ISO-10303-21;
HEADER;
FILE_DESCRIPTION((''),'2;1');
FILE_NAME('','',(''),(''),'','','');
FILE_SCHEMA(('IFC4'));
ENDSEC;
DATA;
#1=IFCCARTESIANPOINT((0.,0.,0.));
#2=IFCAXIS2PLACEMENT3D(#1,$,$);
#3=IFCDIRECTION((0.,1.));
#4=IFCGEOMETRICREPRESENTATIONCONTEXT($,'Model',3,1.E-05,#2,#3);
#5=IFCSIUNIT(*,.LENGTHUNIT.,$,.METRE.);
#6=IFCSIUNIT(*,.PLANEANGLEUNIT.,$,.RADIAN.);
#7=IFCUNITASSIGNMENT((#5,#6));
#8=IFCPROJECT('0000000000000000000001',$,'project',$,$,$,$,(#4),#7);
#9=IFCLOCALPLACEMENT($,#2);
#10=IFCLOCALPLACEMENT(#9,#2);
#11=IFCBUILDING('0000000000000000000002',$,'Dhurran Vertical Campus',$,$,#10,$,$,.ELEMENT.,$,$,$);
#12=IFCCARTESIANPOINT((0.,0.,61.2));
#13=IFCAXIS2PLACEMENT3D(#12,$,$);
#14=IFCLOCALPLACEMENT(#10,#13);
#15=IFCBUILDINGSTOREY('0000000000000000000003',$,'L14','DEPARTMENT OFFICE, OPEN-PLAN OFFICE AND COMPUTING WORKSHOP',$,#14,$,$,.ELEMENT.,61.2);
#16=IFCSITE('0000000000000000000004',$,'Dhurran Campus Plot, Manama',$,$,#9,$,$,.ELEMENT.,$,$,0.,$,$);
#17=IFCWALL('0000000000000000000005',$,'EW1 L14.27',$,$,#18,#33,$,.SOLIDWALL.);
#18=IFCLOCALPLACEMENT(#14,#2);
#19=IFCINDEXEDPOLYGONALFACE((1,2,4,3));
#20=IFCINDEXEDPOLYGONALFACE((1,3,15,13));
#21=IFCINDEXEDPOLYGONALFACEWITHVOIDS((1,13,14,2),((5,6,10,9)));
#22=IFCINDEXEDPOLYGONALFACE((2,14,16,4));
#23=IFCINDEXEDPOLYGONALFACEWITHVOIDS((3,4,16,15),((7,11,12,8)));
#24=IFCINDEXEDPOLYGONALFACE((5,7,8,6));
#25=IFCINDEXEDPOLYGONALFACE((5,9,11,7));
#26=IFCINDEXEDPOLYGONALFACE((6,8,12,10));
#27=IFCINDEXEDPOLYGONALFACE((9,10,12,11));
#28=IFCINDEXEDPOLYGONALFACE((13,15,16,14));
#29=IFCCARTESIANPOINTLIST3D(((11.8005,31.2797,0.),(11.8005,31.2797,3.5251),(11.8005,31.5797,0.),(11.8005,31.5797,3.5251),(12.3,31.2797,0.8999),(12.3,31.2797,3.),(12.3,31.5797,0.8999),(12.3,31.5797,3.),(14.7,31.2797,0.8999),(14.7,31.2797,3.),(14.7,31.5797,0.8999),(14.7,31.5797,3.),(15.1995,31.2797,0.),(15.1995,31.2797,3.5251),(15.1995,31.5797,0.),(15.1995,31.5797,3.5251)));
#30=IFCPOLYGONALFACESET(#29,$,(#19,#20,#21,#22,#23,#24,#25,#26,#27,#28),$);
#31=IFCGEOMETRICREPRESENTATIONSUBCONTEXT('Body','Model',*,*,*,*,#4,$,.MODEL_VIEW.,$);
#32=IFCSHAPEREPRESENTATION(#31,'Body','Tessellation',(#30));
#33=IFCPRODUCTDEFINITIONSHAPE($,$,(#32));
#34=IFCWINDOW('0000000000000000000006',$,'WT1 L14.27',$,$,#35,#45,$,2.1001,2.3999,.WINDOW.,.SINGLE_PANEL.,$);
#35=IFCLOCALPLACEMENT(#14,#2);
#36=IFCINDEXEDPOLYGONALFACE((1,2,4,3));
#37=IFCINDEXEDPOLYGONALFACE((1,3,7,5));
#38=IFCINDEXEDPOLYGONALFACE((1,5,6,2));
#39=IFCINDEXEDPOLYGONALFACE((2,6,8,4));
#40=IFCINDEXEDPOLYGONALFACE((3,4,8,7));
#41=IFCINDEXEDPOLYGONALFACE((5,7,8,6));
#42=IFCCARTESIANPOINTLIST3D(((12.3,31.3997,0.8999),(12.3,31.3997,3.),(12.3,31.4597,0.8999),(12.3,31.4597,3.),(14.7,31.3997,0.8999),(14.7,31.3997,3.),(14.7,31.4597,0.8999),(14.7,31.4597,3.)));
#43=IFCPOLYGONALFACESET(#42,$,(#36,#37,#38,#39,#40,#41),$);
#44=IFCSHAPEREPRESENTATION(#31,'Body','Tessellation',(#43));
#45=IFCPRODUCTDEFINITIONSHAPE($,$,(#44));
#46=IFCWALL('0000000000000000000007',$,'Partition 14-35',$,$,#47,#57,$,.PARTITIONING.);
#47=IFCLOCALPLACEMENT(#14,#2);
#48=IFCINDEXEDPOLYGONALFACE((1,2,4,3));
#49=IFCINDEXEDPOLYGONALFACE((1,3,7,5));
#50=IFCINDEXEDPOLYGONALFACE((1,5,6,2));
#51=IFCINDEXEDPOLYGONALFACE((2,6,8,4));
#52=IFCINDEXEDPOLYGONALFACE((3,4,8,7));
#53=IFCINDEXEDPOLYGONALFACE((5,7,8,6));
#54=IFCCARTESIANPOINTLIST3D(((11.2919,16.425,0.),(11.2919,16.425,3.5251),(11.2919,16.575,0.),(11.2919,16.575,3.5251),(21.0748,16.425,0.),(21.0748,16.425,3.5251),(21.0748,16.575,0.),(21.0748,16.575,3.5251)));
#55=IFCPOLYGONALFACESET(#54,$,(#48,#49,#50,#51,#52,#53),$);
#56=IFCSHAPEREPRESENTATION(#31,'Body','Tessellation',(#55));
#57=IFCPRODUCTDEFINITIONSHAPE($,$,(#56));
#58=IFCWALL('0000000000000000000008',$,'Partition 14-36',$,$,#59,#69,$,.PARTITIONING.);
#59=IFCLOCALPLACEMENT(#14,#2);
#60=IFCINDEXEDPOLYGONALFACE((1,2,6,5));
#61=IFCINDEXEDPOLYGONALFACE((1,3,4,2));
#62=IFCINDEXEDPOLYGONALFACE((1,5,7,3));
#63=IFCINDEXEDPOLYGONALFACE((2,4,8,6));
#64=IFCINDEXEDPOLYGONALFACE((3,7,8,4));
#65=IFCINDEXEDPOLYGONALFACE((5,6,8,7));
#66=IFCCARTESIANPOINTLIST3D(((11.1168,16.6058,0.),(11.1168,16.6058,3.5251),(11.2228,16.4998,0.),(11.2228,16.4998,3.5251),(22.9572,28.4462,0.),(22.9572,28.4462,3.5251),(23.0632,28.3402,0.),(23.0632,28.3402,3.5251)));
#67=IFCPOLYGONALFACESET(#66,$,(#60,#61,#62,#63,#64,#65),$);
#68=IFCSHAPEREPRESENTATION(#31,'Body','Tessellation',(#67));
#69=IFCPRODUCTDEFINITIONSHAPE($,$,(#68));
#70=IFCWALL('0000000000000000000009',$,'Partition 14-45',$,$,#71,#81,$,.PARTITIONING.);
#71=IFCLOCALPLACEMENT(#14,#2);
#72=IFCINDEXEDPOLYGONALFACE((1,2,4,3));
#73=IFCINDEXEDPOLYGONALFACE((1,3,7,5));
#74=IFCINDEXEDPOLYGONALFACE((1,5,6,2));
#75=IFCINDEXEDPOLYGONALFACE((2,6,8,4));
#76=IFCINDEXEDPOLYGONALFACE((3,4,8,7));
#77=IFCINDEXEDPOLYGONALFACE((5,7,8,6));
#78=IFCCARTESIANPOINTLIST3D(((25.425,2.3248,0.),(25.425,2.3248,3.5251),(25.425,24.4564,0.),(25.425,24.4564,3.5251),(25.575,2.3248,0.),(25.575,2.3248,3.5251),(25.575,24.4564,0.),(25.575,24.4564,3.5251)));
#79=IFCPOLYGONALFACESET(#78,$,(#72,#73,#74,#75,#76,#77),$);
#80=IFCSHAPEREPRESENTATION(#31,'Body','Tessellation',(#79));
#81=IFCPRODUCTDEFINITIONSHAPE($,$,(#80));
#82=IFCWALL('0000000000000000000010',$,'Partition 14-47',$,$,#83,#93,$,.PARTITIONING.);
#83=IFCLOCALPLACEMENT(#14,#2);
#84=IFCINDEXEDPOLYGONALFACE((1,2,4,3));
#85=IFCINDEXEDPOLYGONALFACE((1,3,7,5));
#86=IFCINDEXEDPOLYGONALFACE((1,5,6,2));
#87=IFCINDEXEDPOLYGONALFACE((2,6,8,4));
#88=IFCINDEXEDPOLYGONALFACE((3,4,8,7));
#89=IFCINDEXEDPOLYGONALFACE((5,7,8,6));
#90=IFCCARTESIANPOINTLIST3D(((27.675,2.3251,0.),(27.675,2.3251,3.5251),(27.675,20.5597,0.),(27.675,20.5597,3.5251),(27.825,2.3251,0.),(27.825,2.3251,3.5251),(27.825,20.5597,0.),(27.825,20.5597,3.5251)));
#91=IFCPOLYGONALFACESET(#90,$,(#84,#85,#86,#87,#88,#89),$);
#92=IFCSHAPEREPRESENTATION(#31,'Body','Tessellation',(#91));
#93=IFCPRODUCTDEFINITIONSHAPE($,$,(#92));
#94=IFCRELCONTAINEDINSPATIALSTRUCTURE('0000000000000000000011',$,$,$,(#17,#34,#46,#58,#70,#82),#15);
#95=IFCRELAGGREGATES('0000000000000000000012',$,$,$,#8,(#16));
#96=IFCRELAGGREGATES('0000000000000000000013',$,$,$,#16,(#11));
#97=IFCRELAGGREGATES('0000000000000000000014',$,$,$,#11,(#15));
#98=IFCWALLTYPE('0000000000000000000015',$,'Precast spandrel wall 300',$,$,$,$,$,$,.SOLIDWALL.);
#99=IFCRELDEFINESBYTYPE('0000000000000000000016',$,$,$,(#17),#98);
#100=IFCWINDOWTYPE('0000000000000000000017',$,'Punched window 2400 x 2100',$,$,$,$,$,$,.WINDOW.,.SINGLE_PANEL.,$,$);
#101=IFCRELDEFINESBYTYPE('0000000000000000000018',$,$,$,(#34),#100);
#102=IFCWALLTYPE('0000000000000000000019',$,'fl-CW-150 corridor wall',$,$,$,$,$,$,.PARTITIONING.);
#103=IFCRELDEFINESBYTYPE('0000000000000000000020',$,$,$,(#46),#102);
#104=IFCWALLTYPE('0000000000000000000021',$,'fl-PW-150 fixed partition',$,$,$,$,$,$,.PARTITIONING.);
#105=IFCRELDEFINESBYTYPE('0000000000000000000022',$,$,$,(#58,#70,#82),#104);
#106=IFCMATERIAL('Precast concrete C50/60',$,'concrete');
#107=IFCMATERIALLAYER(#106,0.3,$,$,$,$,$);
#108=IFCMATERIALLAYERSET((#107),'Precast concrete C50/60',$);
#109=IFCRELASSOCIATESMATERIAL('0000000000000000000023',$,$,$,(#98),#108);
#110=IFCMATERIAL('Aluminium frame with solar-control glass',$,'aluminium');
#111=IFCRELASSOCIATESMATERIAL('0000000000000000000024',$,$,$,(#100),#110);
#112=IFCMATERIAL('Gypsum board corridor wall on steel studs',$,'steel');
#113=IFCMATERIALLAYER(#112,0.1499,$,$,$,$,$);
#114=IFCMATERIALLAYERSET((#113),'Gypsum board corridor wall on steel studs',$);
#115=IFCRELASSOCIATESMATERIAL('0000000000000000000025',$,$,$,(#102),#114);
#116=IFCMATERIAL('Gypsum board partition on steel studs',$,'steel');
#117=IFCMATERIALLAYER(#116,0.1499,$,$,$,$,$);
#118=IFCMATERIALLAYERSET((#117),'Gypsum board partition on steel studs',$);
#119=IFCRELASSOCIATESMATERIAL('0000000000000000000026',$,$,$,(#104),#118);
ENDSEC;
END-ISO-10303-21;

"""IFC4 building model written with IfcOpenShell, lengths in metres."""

from ifc_helpers import new_model, si_unit, direction, frame, frame_2d, origin, place, context, subcontext, project, spatial, rectangle, extrude, material, layer, layer_set, type_object, element, fill, save


model = new_model("IFC4")

# Units and contexts
model_context = context("Model", 3, precision=1e-05, world=origin(), true_north=direction((0.0, 1.0)))
body_context = subcontext(model_context, "Body", "Model", "MODEL_VIEW")
ifc_project = project(units=[si_unit("LENGTHUNIT", "METRE"), si_unit("PLANEANGLEUNIT", "RADIAN")], contexts=[model_context])

# Site, building, storey
site_placement = place(None, origin())
site = spatial("IfcSite", under=ifc_project, at=site_placement, Name="Dhurran Campus Plot, Manama", CompositionType="ELEMENT", RefElevation=0.0)
building_placement = place(site_placement, origin())
building = spatial("IfcBuilding", under=site, at=building_placement, Name="Dhurran Vertical Campus", CompositionType="ELEMENT")
storey_placement = place(building_placement, frame((0.0, 0.0, 61.2)))
storey = spatial("IfcBuildingStorey", under=building, at=storey_placement, Name="L14", Description="DEPARTMENT OFFICE, OPEN-PLAN OFFICE AND COMPUTING WORKSHOP", CompositionType="ELEMENT", Elevation=61.2)

# Wall, opening, window
ifc_material_1 = material(Name="Precast concrete C50/60", Category="concrete")
ifc_layer_1 = layer(ifc_material_1, 0.3)
ifc_layer_set_1 = layer_set([ifc_layer_1], Name="Precast concrete C50/60")
wall_type_1 = type_object("IfcWallType", Name="Precast spandrel wall 300", PredefinedType="SOLIDWALL", material=ifc_layer_set_1)
ifc_material_2 = material(Name="Aluminium frame with solar-control glass", Category="aluminium")
window_type = type_object("IfcWindowType", Name="Punched window 2400 x 2100", PartitioningType="SINGLE_PANEL", PredefinedType="WINDOW", material=ifc_material_2)
wall_1_placement = place(storey_placement, frame((15.1995, 31.4297, 0.0), z_axis=(0.0, 0.0, 1.0), x_axis=(-1.0, 0.0, 0.0)))
wall_1 = element("IfcWall", 1, at=wall_1_placement, inside=storey, type_object=wall_type_1, Name="EW1 L14.27", PredefinedType="SOLIDWALL", context=body_context, shape_type="SweptSolid", body=[
    extrude(rectangle(XDim=3.3989, YDim=0.3, at=frame_2d((1.6995, 0.0))), origin(), (0.0, 0.0, 1.0), 3.5251),
])
opening_1_placement = place(wall_1_placement, frame((0.4995, 0.0, 0.8999)))
opening_1 = element("IfcOpeningElement", 2, at=opening_1_placement, cuts=wall_1, PredefinedType="OPENING", context=body_context, shape_type="SweptSolid", body=[
    extrude(rectangle(XDim=2.3999, YDim=2.1001, at=frame_2d((1.2, 1.05))), frame((0.0, 0.1599, 0.0), z_axis=(0.0, -1.0, 0.0), x_axis=(1.0, 0.0, 0.0)), (0.0, 0.0, 1.0), 0.3201),
])
window_1_placement = place(opening_1_placement, origin())
window_1 = element("IfcWindow", 3, at=window_1_placement, inside=storey, type_object=window_type, Name="WT1 L14.27", OverallHeight=2.1001, OverallWidth=2.3999, PartitioningType="SINGLE_PANEL", PredefinedType="WINDOW", context=body_context, shape_type="SweptSolid", body=[
    extrude(rectangle(XDim=2.3999, YDim=2.1001, at=frame_2d((1.2, 1.05))), frame((0.0, 0.03, 0.0), z_axis=(0.0, -1.0, 0.0), x_axis=(1.0, 0.0, 0.0)), (0.0, 0.0, 1.0), 0.0601),
])
fill(opening_1, window_1)

# Walls
ifc_material_3 = material(Name="Gypsum board corridor wall on steel studs", Category="steel")
ifc_layer_2 = layer(ifc_material_3, 0.1499)
ifc_layer_set_2 = layer_set([ifc_layer_2], Name="Gypsum board corridor wall on steel studs")
wall_type_2 = type_object("IfcWallType", Name="fl-CW-150 corridor wall", PredefinedType="PARTITIONING", material=ifc_layer_set_2)
wall_2_placement = place(storey_placement, frame((21.075, 16.5, 0.0), z_axis=(0.0, 0.0, 1.0), x_axis=(-1.0, 0.0, 0.0)))
element("IfcWall", 4, at=wall_2_placement, inside=storey, type_object=wall_type_2, Name="Partition 14-35", PredefinedType="PARTITIONING", context=body_context, shape_type="SweptSolid", body=[
    extrude(rectangle(XDim=9.783, YDim=0.1499, at=frame_2d((4.8916, 0.0))), origin(), (0.0, 0.0, 1.0), 3.5251),
])
ifc_material_4 = material(Name="Gypsum board partition on steel studs", Category="steel")
ifc_layer_3 = layer(ifc_material_4, 0.1499)
ifc_layer_set_3 = layer_set([ifc_layer_3], Name="Gypsum board partition on steel studs")
wall_type_3 = type_object("IfcWallType", Name="fl-PW-150 fixed partition", PredefinedType="PARTITIONING", material=ifc_layer_set_3)
wall_3_placement = place(storey_placement, frame((23.0103, 28.3933, 0.0), z_axis=(0.0, 0.0, 1.0), x_axis=(-0.707107, -0.707107, 0.0)))
element("IfcWall", 5, at=wall_3_placement, inside=storey, type_object=wall_type_3, Name="Partition 14-36", PredefinedType="PARTITIONING", context=body_context, shape_type="SweptSolid", body=[
    extrude(rectangle(XDim=16.7449, YDim=0.1499, at=frame_2d((8.3726, 0.0))), origin(), (0.0, 0.0, 1.0), 3.5251),
])
wall_4_placement = place(storey_placement, frame((25.5, 24.4565, 0.0), z_axis=(0.0, 0.0, 1.0), x_axis=(0.0, -1.0, 0.0)))
element("IfcWall", 6, at=wall_4_placement, inside=storey, type_object=wall_type_3, Name="Partition 14-45", PredefinedType="PARTITIONING", context=body_context, shape_type="SweptSolid", body=[
    extrude(rectangle(XDim=22.1316, YDim=0.1499, at=frame_2d((11.0659, 0.0))), origin(), (0.0, 0.0, 1.0), 3.5251),
])
wall_5_placement = place(storey_placement, frame((27.75, 20.5596, 0.0), z_axis=(0.0, 0.0, 1.0), x_axis=(0.0, -1.0, 0.0)))
element("IfcWall", 7, at=wall_5_placement, inside=storey, type_object=wall_type_3, Name="Partition 14-47", PredefinedType="PARTITIONING", context=body_context, shape_type="SweptSolid", body=[
    extrude(rectangle(XDim=18.2346, YDim=0.1499, at=frame_2d((9.1172, 0.0))), origin(), (0.0, 0.0, 1.0), 3.5251),
])

save(model, "model.ifc")
